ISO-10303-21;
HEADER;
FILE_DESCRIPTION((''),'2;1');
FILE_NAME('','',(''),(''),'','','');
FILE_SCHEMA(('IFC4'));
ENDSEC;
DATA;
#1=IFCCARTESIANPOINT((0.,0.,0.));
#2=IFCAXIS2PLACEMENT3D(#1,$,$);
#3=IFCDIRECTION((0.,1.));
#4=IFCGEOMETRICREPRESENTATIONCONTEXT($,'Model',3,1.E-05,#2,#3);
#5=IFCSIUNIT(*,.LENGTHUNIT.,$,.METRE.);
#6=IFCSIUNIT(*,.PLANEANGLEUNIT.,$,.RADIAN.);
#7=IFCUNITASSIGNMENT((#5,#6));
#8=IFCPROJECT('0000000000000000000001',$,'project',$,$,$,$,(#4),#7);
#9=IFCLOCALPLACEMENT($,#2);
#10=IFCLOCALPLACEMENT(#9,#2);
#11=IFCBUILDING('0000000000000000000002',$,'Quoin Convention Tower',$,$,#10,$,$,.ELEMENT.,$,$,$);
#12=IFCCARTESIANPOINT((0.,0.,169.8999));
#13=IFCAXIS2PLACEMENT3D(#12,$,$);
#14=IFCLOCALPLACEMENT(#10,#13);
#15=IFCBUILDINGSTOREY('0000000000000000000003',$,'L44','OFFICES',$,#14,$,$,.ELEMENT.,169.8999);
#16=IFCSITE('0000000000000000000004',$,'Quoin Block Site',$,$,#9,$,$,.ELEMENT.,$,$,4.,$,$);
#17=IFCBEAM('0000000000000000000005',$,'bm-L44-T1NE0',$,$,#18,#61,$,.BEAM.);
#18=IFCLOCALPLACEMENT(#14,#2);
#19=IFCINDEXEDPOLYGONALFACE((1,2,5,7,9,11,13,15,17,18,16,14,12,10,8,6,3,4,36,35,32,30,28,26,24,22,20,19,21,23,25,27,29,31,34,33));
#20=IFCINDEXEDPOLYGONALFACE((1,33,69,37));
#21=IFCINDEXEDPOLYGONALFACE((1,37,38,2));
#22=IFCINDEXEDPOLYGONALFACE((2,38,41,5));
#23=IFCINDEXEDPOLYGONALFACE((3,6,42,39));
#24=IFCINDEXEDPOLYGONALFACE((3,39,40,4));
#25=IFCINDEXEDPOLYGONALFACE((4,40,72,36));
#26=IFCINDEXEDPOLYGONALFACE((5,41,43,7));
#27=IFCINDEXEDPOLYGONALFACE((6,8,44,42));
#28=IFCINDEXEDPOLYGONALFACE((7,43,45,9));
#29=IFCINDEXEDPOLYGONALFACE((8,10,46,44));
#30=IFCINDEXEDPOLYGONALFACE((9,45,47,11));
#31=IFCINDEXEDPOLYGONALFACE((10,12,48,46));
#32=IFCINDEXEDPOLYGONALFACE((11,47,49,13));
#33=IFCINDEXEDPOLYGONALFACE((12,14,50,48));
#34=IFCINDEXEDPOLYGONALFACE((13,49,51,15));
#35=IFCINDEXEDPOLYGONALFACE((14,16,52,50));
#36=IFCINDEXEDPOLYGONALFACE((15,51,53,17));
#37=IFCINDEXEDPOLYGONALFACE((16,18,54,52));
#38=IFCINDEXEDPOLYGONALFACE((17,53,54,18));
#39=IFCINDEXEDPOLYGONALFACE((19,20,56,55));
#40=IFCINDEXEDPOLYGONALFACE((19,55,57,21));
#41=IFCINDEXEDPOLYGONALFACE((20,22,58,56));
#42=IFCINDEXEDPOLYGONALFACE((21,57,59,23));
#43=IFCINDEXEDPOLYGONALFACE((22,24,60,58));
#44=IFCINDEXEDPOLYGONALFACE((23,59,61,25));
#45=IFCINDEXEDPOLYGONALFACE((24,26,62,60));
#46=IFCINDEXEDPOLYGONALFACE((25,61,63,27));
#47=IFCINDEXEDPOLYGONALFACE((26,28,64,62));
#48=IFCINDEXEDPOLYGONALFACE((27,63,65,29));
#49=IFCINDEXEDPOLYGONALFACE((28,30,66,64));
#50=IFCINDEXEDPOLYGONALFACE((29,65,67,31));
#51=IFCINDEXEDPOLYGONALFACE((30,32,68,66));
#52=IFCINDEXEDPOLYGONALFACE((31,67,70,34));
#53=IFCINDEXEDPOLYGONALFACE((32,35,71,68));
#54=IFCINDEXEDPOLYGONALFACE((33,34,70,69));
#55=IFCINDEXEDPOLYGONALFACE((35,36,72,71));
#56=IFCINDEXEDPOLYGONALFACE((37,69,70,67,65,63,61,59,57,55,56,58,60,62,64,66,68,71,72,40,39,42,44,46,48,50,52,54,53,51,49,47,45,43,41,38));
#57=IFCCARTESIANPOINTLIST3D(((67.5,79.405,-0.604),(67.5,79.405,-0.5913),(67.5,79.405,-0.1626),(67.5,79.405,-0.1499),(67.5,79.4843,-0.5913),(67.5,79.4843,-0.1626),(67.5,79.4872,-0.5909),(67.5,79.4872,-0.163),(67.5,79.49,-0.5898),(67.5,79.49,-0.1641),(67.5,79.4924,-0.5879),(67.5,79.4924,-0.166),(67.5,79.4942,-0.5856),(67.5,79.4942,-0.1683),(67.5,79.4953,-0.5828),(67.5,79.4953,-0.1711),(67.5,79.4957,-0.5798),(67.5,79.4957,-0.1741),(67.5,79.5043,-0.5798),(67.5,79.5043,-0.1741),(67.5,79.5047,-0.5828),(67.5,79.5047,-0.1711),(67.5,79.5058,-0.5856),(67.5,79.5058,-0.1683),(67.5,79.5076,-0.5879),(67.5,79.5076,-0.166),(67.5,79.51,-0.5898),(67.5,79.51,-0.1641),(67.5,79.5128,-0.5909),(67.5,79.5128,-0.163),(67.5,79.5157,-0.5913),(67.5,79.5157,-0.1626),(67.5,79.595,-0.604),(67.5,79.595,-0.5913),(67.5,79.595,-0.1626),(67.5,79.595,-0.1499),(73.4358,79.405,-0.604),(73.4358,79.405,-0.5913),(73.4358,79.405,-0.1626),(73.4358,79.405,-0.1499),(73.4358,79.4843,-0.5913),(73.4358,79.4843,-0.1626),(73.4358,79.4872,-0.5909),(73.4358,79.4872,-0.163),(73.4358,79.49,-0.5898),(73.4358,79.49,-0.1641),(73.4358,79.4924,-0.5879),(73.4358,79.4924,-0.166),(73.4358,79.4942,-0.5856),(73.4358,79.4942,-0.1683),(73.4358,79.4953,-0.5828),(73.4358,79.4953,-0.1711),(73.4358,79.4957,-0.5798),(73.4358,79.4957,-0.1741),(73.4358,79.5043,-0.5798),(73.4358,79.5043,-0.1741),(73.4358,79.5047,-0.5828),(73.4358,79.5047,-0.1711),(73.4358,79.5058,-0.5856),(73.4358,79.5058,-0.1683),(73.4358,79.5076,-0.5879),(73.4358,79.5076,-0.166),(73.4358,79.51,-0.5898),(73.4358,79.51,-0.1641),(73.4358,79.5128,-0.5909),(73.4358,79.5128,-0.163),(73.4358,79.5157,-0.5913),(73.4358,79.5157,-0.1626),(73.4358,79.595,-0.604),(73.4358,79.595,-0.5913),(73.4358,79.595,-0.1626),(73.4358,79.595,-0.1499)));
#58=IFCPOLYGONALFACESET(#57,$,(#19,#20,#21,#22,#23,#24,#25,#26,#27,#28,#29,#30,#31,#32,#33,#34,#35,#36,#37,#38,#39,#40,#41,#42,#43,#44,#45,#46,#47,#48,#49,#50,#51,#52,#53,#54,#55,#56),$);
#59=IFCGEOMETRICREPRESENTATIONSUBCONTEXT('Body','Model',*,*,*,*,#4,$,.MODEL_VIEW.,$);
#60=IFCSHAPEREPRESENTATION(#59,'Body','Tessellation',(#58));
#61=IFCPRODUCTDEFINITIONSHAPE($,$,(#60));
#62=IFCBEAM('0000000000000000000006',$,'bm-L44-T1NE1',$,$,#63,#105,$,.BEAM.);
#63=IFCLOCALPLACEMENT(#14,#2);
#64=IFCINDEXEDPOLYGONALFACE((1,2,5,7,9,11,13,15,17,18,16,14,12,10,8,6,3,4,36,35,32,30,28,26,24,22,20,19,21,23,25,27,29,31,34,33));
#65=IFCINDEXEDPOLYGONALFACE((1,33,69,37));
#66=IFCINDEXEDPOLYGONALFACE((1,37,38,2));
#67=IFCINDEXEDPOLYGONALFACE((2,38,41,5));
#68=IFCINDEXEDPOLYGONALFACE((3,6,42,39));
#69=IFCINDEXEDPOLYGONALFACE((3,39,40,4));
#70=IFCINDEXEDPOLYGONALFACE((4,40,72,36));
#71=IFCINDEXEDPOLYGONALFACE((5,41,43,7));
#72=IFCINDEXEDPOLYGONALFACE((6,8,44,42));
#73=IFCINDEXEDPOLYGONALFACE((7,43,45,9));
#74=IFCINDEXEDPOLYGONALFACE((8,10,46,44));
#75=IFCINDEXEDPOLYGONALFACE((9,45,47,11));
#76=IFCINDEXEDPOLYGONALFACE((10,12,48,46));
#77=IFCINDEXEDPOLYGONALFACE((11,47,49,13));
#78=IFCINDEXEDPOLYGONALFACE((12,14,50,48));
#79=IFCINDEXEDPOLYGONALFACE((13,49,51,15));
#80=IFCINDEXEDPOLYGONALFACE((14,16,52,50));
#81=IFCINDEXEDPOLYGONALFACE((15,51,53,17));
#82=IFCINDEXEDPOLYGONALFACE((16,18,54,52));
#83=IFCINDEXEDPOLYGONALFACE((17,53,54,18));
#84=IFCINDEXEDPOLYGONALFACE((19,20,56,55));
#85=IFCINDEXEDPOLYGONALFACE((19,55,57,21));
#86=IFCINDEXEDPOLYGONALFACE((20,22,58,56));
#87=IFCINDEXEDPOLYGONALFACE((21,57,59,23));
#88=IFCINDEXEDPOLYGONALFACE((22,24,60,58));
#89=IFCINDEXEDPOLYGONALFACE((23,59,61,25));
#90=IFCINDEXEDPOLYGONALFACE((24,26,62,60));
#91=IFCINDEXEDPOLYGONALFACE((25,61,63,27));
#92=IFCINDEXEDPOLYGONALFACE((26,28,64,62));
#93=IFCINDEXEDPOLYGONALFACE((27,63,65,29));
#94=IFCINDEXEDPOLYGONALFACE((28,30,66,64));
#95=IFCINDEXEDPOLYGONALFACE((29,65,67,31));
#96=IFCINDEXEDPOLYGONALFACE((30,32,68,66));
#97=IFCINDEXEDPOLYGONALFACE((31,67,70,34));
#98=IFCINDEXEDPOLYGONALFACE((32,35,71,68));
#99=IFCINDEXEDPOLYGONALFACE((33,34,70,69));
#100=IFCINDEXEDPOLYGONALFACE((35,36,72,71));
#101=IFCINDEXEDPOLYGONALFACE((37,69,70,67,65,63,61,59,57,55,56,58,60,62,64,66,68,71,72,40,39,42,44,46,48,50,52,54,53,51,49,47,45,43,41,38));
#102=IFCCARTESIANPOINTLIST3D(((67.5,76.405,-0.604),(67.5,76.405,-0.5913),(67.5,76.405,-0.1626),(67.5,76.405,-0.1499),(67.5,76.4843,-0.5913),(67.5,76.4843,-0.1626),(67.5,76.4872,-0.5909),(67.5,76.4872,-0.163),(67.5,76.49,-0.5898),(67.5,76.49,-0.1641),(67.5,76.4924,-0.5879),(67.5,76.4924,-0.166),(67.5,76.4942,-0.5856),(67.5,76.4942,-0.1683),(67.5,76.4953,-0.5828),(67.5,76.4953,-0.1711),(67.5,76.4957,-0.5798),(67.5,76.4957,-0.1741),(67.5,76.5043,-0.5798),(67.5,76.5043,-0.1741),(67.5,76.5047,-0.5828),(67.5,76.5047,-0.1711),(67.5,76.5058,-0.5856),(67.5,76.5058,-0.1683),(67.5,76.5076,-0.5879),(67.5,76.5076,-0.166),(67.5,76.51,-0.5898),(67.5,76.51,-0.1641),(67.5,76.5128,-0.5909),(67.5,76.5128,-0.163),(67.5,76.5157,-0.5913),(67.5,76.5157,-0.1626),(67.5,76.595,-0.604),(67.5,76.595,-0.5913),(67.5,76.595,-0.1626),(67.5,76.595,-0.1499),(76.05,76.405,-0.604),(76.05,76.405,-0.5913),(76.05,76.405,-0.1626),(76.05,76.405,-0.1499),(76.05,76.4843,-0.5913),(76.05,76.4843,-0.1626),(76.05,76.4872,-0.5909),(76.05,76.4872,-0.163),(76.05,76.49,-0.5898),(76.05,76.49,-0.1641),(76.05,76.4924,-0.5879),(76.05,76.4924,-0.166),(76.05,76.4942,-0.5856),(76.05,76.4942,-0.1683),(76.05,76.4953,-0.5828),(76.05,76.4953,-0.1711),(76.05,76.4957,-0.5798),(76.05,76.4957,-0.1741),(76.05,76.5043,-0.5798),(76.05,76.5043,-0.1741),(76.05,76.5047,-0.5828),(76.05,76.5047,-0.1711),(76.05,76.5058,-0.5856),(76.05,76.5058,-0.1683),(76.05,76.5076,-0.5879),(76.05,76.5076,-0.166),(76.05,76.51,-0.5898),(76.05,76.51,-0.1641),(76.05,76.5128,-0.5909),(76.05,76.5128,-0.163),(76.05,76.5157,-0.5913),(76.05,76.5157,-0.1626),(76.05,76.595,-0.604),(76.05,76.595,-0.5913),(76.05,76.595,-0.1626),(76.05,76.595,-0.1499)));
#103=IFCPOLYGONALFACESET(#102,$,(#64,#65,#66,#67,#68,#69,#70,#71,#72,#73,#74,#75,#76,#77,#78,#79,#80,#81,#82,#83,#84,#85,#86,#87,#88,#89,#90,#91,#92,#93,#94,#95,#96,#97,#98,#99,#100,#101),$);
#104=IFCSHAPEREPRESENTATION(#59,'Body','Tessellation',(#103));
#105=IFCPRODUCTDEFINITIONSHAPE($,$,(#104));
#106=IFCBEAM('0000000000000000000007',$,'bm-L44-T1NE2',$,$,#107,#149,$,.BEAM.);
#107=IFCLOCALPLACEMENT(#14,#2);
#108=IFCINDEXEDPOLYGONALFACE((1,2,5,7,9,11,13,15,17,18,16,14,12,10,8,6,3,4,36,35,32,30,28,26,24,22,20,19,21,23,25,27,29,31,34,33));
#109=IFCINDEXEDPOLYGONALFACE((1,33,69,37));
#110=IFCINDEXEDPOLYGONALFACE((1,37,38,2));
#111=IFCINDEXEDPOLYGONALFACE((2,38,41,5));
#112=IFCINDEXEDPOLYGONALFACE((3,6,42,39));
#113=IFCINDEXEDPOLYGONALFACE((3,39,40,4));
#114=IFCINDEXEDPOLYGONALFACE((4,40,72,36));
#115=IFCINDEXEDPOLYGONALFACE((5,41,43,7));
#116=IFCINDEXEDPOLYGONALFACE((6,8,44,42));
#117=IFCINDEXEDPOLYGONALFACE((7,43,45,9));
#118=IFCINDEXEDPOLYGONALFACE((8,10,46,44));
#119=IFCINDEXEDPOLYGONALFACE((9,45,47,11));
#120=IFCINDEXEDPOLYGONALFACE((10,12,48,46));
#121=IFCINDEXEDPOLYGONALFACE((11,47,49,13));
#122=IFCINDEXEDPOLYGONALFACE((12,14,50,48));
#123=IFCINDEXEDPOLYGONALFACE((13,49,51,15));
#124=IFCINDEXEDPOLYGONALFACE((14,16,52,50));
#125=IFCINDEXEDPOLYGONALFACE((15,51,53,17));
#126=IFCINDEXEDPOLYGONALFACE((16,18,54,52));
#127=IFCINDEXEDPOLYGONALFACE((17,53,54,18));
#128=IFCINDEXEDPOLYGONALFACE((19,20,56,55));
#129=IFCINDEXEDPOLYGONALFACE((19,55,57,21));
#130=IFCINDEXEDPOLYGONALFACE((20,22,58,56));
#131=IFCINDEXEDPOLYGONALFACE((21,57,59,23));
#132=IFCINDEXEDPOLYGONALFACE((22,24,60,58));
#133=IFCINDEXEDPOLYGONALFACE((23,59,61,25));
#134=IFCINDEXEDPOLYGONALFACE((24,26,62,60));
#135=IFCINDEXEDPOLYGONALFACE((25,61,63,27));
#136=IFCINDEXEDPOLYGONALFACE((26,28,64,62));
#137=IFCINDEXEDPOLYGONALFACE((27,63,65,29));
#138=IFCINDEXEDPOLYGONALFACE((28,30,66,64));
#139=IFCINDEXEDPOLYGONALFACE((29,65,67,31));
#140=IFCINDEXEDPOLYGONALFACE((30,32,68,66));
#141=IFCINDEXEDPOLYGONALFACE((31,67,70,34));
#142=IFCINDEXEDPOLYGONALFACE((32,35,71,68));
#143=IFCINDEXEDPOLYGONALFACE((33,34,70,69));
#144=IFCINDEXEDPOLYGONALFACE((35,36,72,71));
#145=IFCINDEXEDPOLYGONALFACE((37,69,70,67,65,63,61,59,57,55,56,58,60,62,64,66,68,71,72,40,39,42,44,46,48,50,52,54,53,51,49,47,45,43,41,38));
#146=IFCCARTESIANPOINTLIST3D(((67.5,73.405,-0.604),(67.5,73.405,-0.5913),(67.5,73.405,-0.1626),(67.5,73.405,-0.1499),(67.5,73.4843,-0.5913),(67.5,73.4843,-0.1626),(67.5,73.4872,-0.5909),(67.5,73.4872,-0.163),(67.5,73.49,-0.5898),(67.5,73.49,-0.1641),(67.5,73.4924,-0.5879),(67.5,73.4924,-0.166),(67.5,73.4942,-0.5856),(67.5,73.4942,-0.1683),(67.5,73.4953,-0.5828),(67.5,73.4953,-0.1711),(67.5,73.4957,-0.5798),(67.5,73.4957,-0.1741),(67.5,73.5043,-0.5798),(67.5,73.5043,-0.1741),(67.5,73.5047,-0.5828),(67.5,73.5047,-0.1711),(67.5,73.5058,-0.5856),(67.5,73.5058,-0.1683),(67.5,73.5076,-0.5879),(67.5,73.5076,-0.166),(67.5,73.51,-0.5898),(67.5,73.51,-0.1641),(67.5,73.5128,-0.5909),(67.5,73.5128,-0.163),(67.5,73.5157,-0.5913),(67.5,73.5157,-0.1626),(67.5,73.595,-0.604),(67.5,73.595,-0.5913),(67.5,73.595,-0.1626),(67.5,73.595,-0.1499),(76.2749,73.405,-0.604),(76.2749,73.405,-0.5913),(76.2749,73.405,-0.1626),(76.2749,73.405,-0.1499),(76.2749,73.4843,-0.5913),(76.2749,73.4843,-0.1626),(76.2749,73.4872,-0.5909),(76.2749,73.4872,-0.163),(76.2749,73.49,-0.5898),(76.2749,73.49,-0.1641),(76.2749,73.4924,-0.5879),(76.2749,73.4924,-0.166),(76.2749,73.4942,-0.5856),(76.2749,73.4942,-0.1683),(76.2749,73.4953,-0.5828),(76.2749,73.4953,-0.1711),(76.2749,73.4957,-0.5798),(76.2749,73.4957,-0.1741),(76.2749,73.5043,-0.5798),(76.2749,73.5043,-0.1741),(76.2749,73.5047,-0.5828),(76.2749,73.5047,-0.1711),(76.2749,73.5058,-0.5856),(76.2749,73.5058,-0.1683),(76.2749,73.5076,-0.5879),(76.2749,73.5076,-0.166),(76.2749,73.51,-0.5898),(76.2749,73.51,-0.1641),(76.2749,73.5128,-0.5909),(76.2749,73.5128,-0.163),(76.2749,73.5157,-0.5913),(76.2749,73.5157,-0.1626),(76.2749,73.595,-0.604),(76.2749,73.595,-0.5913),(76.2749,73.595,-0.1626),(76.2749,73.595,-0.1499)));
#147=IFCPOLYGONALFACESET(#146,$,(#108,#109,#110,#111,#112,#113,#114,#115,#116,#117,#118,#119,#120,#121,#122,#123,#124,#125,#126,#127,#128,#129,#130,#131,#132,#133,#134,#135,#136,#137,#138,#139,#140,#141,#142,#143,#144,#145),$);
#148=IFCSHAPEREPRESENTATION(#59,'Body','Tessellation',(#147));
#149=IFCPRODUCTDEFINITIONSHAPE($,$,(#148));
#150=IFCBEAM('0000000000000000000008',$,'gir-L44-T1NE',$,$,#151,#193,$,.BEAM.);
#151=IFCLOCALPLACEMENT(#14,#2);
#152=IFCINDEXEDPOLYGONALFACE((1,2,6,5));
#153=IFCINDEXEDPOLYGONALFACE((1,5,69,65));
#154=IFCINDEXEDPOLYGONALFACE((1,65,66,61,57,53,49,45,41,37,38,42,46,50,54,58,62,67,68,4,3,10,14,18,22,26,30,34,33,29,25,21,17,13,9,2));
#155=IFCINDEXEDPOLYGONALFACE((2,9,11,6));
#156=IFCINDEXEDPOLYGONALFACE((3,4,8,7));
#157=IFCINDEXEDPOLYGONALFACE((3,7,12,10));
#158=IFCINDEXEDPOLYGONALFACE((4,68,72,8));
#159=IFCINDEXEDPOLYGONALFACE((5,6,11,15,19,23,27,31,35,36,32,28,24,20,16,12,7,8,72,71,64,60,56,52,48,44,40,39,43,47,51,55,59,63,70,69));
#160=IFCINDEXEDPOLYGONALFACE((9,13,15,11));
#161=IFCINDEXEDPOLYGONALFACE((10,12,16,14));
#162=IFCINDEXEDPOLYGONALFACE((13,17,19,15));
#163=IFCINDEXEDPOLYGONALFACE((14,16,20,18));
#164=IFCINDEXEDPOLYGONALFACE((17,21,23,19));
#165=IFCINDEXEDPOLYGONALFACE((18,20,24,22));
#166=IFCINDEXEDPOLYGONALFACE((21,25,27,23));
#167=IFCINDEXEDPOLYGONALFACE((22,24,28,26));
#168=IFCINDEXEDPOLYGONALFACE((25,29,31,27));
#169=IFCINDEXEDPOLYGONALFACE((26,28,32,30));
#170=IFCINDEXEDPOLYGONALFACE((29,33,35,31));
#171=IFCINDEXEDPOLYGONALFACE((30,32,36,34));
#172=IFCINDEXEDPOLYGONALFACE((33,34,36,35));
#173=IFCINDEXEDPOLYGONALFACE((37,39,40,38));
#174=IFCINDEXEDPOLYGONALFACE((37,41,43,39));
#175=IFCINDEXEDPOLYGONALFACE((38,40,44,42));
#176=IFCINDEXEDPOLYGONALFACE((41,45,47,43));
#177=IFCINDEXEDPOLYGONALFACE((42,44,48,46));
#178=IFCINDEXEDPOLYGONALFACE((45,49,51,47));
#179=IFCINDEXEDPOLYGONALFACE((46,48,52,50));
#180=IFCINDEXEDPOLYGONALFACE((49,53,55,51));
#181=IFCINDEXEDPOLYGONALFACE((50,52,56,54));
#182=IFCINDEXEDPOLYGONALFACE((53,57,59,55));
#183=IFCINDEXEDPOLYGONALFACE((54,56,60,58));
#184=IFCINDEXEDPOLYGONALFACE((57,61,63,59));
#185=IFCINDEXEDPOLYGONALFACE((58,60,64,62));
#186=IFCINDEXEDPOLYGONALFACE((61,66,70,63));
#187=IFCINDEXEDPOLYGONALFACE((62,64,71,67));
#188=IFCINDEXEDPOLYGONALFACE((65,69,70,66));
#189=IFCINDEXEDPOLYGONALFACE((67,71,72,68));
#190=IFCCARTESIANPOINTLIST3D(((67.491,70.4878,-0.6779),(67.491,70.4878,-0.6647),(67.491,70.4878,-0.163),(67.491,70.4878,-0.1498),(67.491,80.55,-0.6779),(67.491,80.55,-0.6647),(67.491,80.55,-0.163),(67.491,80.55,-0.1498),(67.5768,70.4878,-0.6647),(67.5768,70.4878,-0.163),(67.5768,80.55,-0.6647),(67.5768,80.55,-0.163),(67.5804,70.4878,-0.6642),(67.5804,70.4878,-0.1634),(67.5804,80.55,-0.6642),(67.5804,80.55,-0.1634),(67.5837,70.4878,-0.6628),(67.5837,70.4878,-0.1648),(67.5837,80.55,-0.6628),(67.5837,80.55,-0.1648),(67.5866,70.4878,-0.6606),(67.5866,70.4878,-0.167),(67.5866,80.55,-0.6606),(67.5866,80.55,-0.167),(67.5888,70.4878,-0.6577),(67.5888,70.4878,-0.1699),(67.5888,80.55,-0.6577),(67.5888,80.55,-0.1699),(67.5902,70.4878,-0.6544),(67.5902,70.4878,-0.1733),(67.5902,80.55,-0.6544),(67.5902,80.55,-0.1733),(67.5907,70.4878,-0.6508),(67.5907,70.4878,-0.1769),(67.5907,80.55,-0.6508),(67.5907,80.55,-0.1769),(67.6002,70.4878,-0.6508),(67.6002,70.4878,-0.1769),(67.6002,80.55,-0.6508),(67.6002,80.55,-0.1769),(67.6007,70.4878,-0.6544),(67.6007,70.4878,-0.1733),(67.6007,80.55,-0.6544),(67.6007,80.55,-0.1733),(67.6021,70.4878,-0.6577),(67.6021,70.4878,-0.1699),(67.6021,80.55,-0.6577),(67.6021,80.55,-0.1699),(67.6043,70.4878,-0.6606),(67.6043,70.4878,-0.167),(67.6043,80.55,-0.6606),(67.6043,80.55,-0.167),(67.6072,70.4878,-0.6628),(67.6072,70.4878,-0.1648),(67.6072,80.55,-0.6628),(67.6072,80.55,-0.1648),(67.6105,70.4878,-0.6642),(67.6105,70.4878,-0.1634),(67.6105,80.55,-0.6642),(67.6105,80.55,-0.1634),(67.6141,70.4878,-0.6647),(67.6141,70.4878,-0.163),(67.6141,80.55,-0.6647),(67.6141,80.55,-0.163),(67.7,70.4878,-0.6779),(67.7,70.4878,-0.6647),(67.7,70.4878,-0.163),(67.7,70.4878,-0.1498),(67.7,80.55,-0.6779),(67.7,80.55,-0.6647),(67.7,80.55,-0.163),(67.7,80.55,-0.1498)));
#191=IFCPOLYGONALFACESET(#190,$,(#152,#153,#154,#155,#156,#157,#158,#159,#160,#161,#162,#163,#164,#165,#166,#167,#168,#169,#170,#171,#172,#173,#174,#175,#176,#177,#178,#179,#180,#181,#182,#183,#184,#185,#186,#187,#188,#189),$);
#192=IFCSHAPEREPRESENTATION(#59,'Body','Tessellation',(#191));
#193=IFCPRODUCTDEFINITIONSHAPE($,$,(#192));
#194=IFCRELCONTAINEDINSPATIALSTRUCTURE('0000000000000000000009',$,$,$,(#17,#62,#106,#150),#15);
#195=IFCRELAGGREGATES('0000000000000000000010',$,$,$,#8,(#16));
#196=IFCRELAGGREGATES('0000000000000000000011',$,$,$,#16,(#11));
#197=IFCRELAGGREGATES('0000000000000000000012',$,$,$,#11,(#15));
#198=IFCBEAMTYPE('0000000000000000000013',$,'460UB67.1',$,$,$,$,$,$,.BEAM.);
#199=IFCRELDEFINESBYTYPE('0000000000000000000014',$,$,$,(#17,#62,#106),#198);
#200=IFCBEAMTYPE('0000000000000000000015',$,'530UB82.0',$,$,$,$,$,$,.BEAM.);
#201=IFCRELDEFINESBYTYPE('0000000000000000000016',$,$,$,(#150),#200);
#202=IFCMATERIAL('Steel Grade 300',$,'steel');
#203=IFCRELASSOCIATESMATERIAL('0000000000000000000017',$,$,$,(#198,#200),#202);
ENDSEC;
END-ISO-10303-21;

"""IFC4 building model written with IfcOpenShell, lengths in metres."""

from ifc_helpers import new_model, si_unit, direction, frame, origin, origin_2d, place, context, subcontext, project, spatial, i_section, extrude, material, material_profile, profile_set, type_object, element, save


model = new_model("IFC4")

# Units and contexts
model_context = context("Model", 3, precision=1e-05, world=origin(), true_north=direction((0.0, 1.0)))
body_context = subcontext(model_context, "Body", "Model", "MODEL_VIEW")
ifc_project = project(units=[si_unit("LENGTHUNIT", "METRE"), si_unit("PLANEANGLEUNIT", "RADIAN")], contexts=[model_context])

# Site, building, storey
site_placement = place(None, origin())
site = spatial("IfcSite", under=ifc_project, at=site_placement, Name="Quoin Block Site", CompositionType="ELEMENT", RefElevation=4.0)
building_placement = place(site_placement, origin())
building = spatial("IfcBuilding", under=site, at=building_placement, Name="Quoin Convention Tower", CompositionType="ELEMENT")
storey_placement = place(building_placement, frame((0.0, 0.0, 169.8999)))
storey = spatial("IfcBuildingStorey", under=building, at=storey_placement, Name="L44", Description="OFFICES", CompositionType="ELEMENT", Elevation=169.8999)

# Beams
ifc_material_1 = material(Name="Steel Grade 300", Category="steel")
ifc_material_profile_1 = material_profile(ifc_material_1, i_section(OverallWidth=0.1899, OverallDepth=0.4541, WebThickness=0.0085, FlangeThickness=0.0127, FilletRadius=0.0115, at=origin_2d()), Name="460UB67.1")
ifc_profile_set_1 = profile_set([ifc_material_profile_1], Name="Steel Grade 300")
beam_type_1 = type_object("IfcBeamType", Name="460UB67.1", PredefinedType="BEAM", material=ifc_profile_set_1)
beam_1_placement = place(storey_placement, frame((67.5, 79.5, -0.377), z_axis=(1.0, 0.0, 0.0), x_axis=(0.0, 1.0, 0.0)))
element("IfcBeam", 1, at=beam_1_placement, inside=storey, type_object=beam_type_1, Name="bm-L44-T1NE0", PredefinedType="BEAM", context=body_context, shape_type="SweptSolid", body=[
    extrude(i_section(OverallWidth=0.1899, OverallDepth=0.4541, WebThickness=0.0085, FlangeThickness=0.0127, FilletRadius=0.0115, at=origin_2d()), origin(), (0.0, 0.0, 1.0), 5.9358),
])
beam_2_placement = place(storey_placement, frame((67.5, 76.5, -0.377), z_axis=(1.0, 0.0, 0.0), x_axis=(0.0, 1.0, 0.0)))
element("IfcBeam", 2, at=beam_2_placement, inside=storey, type_object=beam_type_1, Name="bm-L44-T1NE1", PredefinedType="BEAM", context=body_context, shape_type="SweptSolid", body=[
    extrude(i_section(OverallWidth=0.1899, OverallDepth=0.4541, WebThickness=0.0085, FlangeThickness=0.0127, FilletRadius=0.0115, at=origin_2d()), origin(), (0.0, 0.0, 1.0), 8.55),
])
beam_3_placement = place(storey_placement, frame((67.5, 73.5, -0.377), z_axis=(1.0, 0.0, 0.0), x_axis=(0.0, 1.0, 0.0)))
element("IfcBeam", 3, at=beam_3_placement, inside=storey, type_object=beam_type_1, Name="bm-L44-T1NE2", PredefinedType="BEAM", context=body_context, shape_type="SweptSolid", body=[
    extrude(i_section(OverallWidth=0.1899, OverallDepth=0.4541, WebThickness=0.0085, FlangeThickness=0.0127, FilletRadius=0.0115, at=origin_2d()), origin(), (0.0, 0.0, 1.0), 8.7749),
])
ifc_material_profile_2 = material_profile(ifc_material_1, i_section(OverallWidth=0.209, OverallDepth=0.5281, WebThickness=0.0095, FlangeThickness=0.0132, FilletRadius=0.0139, at=origin_2d()), Name="530UB82.0")
ifc_profile_set_2 = profile_set([ifc_material_profile_2], Name="Steel Grade 300")
beam_type_2 = type_object("IfcBeamType", Name="530UB82.0", PredefinedType="BEAM", material=ifc_profile_set_2)
beam_4_placement = place(storey_placement, frame((67.5955, 80.55, -0.4138), z_axis=(0.0, -1.0, 0.0), x_axis=(1.0, 0.0, 0.0)))
element("IfcBeam", 4, at=beam_4_placement, inside=storey, type_object=beam_type_2, Name="gir-L44-T1NE", PredefinedType="BEAM", context=body_context, shape_type="SweptSolid", body=[
    extrude(i_section(OverallWidth=0.209, OverallDepth=0.5281, WebThickness=0.0095, FlangeThickness=0.0132, FilletRadius=0.0139, at=origin_2d()), origin(), (0.0, 0.0, 1.0), 10.0623),
])

save(model, "model.ifc")
